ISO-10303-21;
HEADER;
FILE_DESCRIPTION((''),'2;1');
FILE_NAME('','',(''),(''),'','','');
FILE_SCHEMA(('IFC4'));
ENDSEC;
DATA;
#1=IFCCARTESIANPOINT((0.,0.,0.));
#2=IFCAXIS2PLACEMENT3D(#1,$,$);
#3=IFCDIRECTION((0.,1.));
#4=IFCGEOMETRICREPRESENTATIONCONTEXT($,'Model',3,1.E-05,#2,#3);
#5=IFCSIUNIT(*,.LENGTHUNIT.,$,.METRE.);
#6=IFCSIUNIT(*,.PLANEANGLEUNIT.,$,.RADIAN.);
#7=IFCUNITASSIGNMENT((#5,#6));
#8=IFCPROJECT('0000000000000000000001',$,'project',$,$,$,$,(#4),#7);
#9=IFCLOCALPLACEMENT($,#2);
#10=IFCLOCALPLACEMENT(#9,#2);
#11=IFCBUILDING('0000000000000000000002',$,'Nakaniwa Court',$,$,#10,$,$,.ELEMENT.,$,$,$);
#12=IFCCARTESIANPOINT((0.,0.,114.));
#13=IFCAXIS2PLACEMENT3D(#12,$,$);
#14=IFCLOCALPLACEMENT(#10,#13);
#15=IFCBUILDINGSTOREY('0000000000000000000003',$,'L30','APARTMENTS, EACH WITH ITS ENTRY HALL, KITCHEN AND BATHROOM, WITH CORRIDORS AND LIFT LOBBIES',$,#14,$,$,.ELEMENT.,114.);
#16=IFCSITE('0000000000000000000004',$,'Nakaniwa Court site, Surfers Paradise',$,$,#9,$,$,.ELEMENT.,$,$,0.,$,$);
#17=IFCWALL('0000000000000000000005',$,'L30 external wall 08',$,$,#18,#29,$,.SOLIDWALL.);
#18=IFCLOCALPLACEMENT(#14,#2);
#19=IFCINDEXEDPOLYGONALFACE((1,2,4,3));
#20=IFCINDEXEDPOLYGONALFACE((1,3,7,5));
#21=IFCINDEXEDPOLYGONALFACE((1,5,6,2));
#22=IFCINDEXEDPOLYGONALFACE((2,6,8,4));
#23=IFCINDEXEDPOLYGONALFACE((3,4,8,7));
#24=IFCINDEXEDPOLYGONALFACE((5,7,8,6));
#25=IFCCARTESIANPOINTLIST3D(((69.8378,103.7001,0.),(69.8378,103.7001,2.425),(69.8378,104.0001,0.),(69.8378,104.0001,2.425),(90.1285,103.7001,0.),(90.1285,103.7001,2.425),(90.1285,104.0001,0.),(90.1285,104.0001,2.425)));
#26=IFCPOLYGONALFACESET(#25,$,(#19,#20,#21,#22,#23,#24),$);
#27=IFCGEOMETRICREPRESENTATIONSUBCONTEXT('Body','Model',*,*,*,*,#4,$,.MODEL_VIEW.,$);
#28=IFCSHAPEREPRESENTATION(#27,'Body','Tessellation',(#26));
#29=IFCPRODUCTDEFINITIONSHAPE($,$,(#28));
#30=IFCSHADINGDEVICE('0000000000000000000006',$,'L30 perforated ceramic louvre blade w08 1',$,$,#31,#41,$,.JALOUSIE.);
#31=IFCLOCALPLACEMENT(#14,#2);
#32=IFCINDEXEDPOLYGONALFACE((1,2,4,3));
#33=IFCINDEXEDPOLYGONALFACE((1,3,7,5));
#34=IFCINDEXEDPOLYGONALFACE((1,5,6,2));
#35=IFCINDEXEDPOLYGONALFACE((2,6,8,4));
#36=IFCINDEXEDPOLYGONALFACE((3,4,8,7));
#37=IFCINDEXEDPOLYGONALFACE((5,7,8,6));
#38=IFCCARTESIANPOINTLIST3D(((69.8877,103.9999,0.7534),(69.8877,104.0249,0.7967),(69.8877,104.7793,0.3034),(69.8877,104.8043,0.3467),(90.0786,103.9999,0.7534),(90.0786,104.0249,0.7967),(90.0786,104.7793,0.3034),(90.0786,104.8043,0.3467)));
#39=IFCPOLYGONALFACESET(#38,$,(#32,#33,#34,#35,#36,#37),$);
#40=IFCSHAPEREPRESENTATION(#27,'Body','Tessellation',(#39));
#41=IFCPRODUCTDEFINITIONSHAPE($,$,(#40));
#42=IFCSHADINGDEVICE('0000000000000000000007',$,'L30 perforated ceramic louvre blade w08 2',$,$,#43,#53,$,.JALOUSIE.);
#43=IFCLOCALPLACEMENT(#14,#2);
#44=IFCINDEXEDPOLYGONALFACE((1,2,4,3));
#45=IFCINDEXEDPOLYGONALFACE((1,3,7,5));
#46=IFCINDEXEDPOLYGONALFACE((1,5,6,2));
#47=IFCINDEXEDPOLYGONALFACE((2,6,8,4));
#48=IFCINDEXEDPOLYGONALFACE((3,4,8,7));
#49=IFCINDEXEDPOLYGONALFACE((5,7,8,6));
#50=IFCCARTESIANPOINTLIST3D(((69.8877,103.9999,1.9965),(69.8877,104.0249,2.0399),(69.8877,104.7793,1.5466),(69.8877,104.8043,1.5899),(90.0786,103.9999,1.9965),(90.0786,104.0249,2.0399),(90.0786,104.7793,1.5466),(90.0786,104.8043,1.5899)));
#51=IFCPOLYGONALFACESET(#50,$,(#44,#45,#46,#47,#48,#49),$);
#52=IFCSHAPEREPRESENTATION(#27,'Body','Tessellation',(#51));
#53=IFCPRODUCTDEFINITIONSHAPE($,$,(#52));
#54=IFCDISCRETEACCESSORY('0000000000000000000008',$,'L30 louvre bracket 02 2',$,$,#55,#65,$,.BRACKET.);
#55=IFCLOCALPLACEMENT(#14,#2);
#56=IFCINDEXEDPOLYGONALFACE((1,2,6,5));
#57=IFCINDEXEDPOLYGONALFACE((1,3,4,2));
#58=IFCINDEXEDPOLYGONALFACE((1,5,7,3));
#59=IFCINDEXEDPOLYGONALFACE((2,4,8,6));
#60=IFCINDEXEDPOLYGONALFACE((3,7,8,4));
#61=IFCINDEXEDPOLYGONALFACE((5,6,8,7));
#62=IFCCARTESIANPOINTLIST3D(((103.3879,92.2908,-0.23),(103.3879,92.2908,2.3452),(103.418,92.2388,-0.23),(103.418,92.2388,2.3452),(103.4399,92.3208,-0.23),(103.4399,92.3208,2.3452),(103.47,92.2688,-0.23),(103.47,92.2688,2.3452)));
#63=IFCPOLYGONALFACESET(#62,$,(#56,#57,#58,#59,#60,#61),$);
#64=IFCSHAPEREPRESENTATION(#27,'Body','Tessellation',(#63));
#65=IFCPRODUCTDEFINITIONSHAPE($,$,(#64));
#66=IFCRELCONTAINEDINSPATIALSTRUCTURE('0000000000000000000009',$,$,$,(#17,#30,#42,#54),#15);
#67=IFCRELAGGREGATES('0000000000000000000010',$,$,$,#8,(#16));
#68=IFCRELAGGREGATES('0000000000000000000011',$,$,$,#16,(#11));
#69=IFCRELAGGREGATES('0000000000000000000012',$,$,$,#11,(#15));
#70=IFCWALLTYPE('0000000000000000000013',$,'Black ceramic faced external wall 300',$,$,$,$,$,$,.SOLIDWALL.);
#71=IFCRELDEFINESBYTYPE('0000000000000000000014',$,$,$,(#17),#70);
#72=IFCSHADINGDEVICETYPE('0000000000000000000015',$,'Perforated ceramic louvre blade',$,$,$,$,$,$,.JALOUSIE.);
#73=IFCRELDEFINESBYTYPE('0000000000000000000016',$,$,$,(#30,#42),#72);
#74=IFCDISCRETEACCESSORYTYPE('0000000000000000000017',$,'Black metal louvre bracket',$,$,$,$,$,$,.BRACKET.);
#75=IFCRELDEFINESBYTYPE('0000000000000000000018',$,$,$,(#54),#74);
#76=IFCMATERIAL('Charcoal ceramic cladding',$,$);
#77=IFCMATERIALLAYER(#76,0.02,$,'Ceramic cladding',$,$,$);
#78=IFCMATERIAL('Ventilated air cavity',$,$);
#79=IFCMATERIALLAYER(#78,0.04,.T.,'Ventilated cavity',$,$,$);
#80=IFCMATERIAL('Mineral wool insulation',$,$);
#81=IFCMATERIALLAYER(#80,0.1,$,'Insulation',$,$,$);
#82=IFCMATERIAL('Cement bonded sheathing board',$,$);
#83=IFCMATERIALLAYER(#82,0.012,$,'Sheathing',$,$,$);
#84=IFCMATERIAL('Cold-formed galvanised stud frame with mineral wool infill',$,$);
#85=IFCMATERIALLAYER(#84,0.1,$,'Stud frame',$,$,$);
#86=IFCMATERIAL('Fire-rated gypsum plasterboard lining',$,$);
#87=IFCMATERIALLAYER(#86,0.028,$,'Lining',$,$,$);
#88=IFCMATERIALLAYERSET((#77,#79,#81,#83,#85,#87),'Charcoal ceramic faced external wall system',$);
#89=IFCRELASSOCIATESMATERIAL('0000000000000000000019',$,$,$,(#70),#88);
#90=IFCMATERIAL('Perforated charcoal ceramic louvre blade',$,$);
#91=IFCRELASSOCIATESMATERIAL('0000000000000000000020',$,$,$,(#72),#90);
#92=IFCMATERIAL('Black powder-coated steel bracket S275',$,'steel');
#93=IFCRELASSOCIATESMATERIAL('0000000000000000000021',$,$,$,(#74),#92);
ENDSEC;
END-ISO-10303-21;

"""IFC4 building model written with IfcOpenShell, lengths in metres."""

from ifc_helpers import new_model, si_unit, direction, frame, frame_2d, origin, origin_2d, place, context, subcontext, project, spatial, rectangle, extrude, material, layer, layer_set, material_profile, profile_set, type_object, element, save


model = new_model("IFC4")

# Units and contexts
model_context = context("Model", 3, precision=1e-05, world=origin(), true_north=direction((0.0, 1.0)))
body_context = subcontext(model_context, "Body", "Model", "MODEL_VIEW")
ifc_project = project(units=[si_unit("LENGTHUNIT", "METRE"), si_unit("PLANEANGLEUNIT", "RADIAN")], contexts=[model_context])

# Site, building, storey
site_placement = place(None, origin())
site = spatial("IfcSite", under=ifc_project, at=site_placement, Name="Nakaniwa Court site, Surfers Paradise", CompositionType="ELEMENT", RefElevation=0.0)
building_placement = place(site_placement, origin())
building = spatial("IfcBuilding", under=site, at=building_placement, Name="Nakaniwa Court", CompositionType="ELEMENT")
storey_placement = place(building_placement, frame((0.0, 0.0, 114.0)))
storey = spatial("IfcBuildingStorey", under=building, at=storey_placement, Name="L30", Description="APARTMENTS, EACH WITH ITS ENTRY HALL, KITCHEN AND BATHROOM, WITH CORRIDORS AND LIFT LOBBIES", CompositionType="ELEMENT", Elevation=114.0)

# Shared definitions
ifc_material_1 = material(Name="Charcoal ceramic cladding")
ifc_layer_1 = layer(ifc_material_1, 0.02, Name="Ceramic cladding")
ifc_material_2 = material(Name="Ventilated air cavity")
ifc_layer_2 = layer(ifc_material_2, 0.04, ventilated=True, Name="Ventilated cavity")
ifc_material_3 = material(Name="Mineral wool insulation")
ifc_layer_3 = layer(ifc_material_3, 0.1, Name="Insulation")
ifc_material_4 = material(Name="Cement bonded sheathing board")
ifc_layer_4 = layer(ifc_material_4, 0.012, Name="Sheathing")
ifc_material_5 = material(Name="Cold-formed galvanised stud frame with mineral wool infill")
ifc_layer_5 = layer(ifc_material_5, 0.1, Name="Stud frame")
ifc_material_6 = material(Name="Fire-rated gypsum plasterboard lining")
ifc_layer_6 = layer(ifc_material_6, 0.028, Name="Lining")
ifc_layer_set_1 = layer_set([ifc_layer_1, ifc_layer_2, ifc_layer_3, ifc_layer_4, ifc_layer_5, ifc_layer_6], Name="Charcoal ceramic faced external wall system")
wall_type_1 = type_object("IfcWallType", Name="Black ceramic faced external wall 300", PredefinedType="SOLIDWALL", material=ifc_layer_set_1)

# Wall
wall_1_placement = place(storey_placement, frame((90.1287, 103.8501, 0.0), z_axis=(0.0, 0.0, 1.0), x_axis=(-1.0, 0.0, 0.0)))
element("IfcWall", 1, at=wall_1_placement, inside=storey, type_object=wall_type_1, Name="L30 external wall 08", PredefinedType="SOLIDWALL", context=body_context, shape_type="SweptSolid", body=[
    extrude(rectangle(XDim=20.2908, YDim=0.3, at=frame_2d((10.1455, 0.0))), origin(), (0.0, 0.0, 1.0), 2.425),
])

# Shading devices
ifc_material_7 = material(Name="Perforated charcoal ceramic louvre blade")
ifc_material_profile_1 = material_profile(ifc_material_7, rectangle(XDim=0.8999, YDim=0.05, at=origin_2d()), Name="Perforated ceramic louvre blade")
ifc_profile_set_1 = profile_set([ifc_material_profile_1], Name="Perforated charcoal ceramic louvre blade")
shading_device_type = type_object("IfcShadingDeviceType", Name="Perforated ceramic louvre blade", PredefinedType="JALOUSIE", material=ifc_profile_set_1)
for number, where, z_axis, x_axis, name in (
    (2, (90.0786, 104.4021, 0.55), (-1.0, 0.0, 0.0), (0.0, -0.866025, 0.5), "L30 perforated ceramic louvre blade w08 1"),
    (3, (90.0786, 104.4021, 1.7932), (-1.0, 0.0, 0.0), (0.0, -0.866025, 0.5), "L30 perforated ceramic louvre blade w08 2"),
):
    element("IfcShadingDevice", number, at=place(storey_placement, frame(where, z_axis=z_axis, x_axis=x_axis)), inside=storey, type_object=shading_device_type, Name=name, PredefinedType="JALOUSIE", context=body_context, shape_type="SweptSolid", body=[
        extrude(rectangle(XDim=0.8999, YDim=0.05, at=origin_2d()), origin(), (0.0, 0.0, 1.0), 20.1909),
    ])

# Discrete accessory
ifc_material_8 = material(Name="Black powder-coated steel bracket S275", Category="steel")
discrete_accessory_type = type_object("IfcDiscreteAccessoryType", Name="Black metal louvre bracket", PredefinedType="BRACKET", material=ifc_material_8)
discrete_accessory_placement = place(storey_placement, frame((103.429, 92.2798, -0.23), z_axis=(0.0, 0.0, 1.0), x_axis=(-0.499974, 0.86604, 0.0)))
element("IfcDiscreteAccessory", 4, at=discrete_accessory_placement, inside=storey, type_object=discrete_accessory_type, Name="L30 louvre bracket 02 2", PredefinedType="BRACKET", context=body_context, shape_type="SweptSolid", body=[
    extrude(rectangle(XDim=0.0601, YDim=0.0601, at=origin_2d()), origin(), (0.0, 0.0, 1.0), 2.5752),
])

save(model, "model.ifc")
